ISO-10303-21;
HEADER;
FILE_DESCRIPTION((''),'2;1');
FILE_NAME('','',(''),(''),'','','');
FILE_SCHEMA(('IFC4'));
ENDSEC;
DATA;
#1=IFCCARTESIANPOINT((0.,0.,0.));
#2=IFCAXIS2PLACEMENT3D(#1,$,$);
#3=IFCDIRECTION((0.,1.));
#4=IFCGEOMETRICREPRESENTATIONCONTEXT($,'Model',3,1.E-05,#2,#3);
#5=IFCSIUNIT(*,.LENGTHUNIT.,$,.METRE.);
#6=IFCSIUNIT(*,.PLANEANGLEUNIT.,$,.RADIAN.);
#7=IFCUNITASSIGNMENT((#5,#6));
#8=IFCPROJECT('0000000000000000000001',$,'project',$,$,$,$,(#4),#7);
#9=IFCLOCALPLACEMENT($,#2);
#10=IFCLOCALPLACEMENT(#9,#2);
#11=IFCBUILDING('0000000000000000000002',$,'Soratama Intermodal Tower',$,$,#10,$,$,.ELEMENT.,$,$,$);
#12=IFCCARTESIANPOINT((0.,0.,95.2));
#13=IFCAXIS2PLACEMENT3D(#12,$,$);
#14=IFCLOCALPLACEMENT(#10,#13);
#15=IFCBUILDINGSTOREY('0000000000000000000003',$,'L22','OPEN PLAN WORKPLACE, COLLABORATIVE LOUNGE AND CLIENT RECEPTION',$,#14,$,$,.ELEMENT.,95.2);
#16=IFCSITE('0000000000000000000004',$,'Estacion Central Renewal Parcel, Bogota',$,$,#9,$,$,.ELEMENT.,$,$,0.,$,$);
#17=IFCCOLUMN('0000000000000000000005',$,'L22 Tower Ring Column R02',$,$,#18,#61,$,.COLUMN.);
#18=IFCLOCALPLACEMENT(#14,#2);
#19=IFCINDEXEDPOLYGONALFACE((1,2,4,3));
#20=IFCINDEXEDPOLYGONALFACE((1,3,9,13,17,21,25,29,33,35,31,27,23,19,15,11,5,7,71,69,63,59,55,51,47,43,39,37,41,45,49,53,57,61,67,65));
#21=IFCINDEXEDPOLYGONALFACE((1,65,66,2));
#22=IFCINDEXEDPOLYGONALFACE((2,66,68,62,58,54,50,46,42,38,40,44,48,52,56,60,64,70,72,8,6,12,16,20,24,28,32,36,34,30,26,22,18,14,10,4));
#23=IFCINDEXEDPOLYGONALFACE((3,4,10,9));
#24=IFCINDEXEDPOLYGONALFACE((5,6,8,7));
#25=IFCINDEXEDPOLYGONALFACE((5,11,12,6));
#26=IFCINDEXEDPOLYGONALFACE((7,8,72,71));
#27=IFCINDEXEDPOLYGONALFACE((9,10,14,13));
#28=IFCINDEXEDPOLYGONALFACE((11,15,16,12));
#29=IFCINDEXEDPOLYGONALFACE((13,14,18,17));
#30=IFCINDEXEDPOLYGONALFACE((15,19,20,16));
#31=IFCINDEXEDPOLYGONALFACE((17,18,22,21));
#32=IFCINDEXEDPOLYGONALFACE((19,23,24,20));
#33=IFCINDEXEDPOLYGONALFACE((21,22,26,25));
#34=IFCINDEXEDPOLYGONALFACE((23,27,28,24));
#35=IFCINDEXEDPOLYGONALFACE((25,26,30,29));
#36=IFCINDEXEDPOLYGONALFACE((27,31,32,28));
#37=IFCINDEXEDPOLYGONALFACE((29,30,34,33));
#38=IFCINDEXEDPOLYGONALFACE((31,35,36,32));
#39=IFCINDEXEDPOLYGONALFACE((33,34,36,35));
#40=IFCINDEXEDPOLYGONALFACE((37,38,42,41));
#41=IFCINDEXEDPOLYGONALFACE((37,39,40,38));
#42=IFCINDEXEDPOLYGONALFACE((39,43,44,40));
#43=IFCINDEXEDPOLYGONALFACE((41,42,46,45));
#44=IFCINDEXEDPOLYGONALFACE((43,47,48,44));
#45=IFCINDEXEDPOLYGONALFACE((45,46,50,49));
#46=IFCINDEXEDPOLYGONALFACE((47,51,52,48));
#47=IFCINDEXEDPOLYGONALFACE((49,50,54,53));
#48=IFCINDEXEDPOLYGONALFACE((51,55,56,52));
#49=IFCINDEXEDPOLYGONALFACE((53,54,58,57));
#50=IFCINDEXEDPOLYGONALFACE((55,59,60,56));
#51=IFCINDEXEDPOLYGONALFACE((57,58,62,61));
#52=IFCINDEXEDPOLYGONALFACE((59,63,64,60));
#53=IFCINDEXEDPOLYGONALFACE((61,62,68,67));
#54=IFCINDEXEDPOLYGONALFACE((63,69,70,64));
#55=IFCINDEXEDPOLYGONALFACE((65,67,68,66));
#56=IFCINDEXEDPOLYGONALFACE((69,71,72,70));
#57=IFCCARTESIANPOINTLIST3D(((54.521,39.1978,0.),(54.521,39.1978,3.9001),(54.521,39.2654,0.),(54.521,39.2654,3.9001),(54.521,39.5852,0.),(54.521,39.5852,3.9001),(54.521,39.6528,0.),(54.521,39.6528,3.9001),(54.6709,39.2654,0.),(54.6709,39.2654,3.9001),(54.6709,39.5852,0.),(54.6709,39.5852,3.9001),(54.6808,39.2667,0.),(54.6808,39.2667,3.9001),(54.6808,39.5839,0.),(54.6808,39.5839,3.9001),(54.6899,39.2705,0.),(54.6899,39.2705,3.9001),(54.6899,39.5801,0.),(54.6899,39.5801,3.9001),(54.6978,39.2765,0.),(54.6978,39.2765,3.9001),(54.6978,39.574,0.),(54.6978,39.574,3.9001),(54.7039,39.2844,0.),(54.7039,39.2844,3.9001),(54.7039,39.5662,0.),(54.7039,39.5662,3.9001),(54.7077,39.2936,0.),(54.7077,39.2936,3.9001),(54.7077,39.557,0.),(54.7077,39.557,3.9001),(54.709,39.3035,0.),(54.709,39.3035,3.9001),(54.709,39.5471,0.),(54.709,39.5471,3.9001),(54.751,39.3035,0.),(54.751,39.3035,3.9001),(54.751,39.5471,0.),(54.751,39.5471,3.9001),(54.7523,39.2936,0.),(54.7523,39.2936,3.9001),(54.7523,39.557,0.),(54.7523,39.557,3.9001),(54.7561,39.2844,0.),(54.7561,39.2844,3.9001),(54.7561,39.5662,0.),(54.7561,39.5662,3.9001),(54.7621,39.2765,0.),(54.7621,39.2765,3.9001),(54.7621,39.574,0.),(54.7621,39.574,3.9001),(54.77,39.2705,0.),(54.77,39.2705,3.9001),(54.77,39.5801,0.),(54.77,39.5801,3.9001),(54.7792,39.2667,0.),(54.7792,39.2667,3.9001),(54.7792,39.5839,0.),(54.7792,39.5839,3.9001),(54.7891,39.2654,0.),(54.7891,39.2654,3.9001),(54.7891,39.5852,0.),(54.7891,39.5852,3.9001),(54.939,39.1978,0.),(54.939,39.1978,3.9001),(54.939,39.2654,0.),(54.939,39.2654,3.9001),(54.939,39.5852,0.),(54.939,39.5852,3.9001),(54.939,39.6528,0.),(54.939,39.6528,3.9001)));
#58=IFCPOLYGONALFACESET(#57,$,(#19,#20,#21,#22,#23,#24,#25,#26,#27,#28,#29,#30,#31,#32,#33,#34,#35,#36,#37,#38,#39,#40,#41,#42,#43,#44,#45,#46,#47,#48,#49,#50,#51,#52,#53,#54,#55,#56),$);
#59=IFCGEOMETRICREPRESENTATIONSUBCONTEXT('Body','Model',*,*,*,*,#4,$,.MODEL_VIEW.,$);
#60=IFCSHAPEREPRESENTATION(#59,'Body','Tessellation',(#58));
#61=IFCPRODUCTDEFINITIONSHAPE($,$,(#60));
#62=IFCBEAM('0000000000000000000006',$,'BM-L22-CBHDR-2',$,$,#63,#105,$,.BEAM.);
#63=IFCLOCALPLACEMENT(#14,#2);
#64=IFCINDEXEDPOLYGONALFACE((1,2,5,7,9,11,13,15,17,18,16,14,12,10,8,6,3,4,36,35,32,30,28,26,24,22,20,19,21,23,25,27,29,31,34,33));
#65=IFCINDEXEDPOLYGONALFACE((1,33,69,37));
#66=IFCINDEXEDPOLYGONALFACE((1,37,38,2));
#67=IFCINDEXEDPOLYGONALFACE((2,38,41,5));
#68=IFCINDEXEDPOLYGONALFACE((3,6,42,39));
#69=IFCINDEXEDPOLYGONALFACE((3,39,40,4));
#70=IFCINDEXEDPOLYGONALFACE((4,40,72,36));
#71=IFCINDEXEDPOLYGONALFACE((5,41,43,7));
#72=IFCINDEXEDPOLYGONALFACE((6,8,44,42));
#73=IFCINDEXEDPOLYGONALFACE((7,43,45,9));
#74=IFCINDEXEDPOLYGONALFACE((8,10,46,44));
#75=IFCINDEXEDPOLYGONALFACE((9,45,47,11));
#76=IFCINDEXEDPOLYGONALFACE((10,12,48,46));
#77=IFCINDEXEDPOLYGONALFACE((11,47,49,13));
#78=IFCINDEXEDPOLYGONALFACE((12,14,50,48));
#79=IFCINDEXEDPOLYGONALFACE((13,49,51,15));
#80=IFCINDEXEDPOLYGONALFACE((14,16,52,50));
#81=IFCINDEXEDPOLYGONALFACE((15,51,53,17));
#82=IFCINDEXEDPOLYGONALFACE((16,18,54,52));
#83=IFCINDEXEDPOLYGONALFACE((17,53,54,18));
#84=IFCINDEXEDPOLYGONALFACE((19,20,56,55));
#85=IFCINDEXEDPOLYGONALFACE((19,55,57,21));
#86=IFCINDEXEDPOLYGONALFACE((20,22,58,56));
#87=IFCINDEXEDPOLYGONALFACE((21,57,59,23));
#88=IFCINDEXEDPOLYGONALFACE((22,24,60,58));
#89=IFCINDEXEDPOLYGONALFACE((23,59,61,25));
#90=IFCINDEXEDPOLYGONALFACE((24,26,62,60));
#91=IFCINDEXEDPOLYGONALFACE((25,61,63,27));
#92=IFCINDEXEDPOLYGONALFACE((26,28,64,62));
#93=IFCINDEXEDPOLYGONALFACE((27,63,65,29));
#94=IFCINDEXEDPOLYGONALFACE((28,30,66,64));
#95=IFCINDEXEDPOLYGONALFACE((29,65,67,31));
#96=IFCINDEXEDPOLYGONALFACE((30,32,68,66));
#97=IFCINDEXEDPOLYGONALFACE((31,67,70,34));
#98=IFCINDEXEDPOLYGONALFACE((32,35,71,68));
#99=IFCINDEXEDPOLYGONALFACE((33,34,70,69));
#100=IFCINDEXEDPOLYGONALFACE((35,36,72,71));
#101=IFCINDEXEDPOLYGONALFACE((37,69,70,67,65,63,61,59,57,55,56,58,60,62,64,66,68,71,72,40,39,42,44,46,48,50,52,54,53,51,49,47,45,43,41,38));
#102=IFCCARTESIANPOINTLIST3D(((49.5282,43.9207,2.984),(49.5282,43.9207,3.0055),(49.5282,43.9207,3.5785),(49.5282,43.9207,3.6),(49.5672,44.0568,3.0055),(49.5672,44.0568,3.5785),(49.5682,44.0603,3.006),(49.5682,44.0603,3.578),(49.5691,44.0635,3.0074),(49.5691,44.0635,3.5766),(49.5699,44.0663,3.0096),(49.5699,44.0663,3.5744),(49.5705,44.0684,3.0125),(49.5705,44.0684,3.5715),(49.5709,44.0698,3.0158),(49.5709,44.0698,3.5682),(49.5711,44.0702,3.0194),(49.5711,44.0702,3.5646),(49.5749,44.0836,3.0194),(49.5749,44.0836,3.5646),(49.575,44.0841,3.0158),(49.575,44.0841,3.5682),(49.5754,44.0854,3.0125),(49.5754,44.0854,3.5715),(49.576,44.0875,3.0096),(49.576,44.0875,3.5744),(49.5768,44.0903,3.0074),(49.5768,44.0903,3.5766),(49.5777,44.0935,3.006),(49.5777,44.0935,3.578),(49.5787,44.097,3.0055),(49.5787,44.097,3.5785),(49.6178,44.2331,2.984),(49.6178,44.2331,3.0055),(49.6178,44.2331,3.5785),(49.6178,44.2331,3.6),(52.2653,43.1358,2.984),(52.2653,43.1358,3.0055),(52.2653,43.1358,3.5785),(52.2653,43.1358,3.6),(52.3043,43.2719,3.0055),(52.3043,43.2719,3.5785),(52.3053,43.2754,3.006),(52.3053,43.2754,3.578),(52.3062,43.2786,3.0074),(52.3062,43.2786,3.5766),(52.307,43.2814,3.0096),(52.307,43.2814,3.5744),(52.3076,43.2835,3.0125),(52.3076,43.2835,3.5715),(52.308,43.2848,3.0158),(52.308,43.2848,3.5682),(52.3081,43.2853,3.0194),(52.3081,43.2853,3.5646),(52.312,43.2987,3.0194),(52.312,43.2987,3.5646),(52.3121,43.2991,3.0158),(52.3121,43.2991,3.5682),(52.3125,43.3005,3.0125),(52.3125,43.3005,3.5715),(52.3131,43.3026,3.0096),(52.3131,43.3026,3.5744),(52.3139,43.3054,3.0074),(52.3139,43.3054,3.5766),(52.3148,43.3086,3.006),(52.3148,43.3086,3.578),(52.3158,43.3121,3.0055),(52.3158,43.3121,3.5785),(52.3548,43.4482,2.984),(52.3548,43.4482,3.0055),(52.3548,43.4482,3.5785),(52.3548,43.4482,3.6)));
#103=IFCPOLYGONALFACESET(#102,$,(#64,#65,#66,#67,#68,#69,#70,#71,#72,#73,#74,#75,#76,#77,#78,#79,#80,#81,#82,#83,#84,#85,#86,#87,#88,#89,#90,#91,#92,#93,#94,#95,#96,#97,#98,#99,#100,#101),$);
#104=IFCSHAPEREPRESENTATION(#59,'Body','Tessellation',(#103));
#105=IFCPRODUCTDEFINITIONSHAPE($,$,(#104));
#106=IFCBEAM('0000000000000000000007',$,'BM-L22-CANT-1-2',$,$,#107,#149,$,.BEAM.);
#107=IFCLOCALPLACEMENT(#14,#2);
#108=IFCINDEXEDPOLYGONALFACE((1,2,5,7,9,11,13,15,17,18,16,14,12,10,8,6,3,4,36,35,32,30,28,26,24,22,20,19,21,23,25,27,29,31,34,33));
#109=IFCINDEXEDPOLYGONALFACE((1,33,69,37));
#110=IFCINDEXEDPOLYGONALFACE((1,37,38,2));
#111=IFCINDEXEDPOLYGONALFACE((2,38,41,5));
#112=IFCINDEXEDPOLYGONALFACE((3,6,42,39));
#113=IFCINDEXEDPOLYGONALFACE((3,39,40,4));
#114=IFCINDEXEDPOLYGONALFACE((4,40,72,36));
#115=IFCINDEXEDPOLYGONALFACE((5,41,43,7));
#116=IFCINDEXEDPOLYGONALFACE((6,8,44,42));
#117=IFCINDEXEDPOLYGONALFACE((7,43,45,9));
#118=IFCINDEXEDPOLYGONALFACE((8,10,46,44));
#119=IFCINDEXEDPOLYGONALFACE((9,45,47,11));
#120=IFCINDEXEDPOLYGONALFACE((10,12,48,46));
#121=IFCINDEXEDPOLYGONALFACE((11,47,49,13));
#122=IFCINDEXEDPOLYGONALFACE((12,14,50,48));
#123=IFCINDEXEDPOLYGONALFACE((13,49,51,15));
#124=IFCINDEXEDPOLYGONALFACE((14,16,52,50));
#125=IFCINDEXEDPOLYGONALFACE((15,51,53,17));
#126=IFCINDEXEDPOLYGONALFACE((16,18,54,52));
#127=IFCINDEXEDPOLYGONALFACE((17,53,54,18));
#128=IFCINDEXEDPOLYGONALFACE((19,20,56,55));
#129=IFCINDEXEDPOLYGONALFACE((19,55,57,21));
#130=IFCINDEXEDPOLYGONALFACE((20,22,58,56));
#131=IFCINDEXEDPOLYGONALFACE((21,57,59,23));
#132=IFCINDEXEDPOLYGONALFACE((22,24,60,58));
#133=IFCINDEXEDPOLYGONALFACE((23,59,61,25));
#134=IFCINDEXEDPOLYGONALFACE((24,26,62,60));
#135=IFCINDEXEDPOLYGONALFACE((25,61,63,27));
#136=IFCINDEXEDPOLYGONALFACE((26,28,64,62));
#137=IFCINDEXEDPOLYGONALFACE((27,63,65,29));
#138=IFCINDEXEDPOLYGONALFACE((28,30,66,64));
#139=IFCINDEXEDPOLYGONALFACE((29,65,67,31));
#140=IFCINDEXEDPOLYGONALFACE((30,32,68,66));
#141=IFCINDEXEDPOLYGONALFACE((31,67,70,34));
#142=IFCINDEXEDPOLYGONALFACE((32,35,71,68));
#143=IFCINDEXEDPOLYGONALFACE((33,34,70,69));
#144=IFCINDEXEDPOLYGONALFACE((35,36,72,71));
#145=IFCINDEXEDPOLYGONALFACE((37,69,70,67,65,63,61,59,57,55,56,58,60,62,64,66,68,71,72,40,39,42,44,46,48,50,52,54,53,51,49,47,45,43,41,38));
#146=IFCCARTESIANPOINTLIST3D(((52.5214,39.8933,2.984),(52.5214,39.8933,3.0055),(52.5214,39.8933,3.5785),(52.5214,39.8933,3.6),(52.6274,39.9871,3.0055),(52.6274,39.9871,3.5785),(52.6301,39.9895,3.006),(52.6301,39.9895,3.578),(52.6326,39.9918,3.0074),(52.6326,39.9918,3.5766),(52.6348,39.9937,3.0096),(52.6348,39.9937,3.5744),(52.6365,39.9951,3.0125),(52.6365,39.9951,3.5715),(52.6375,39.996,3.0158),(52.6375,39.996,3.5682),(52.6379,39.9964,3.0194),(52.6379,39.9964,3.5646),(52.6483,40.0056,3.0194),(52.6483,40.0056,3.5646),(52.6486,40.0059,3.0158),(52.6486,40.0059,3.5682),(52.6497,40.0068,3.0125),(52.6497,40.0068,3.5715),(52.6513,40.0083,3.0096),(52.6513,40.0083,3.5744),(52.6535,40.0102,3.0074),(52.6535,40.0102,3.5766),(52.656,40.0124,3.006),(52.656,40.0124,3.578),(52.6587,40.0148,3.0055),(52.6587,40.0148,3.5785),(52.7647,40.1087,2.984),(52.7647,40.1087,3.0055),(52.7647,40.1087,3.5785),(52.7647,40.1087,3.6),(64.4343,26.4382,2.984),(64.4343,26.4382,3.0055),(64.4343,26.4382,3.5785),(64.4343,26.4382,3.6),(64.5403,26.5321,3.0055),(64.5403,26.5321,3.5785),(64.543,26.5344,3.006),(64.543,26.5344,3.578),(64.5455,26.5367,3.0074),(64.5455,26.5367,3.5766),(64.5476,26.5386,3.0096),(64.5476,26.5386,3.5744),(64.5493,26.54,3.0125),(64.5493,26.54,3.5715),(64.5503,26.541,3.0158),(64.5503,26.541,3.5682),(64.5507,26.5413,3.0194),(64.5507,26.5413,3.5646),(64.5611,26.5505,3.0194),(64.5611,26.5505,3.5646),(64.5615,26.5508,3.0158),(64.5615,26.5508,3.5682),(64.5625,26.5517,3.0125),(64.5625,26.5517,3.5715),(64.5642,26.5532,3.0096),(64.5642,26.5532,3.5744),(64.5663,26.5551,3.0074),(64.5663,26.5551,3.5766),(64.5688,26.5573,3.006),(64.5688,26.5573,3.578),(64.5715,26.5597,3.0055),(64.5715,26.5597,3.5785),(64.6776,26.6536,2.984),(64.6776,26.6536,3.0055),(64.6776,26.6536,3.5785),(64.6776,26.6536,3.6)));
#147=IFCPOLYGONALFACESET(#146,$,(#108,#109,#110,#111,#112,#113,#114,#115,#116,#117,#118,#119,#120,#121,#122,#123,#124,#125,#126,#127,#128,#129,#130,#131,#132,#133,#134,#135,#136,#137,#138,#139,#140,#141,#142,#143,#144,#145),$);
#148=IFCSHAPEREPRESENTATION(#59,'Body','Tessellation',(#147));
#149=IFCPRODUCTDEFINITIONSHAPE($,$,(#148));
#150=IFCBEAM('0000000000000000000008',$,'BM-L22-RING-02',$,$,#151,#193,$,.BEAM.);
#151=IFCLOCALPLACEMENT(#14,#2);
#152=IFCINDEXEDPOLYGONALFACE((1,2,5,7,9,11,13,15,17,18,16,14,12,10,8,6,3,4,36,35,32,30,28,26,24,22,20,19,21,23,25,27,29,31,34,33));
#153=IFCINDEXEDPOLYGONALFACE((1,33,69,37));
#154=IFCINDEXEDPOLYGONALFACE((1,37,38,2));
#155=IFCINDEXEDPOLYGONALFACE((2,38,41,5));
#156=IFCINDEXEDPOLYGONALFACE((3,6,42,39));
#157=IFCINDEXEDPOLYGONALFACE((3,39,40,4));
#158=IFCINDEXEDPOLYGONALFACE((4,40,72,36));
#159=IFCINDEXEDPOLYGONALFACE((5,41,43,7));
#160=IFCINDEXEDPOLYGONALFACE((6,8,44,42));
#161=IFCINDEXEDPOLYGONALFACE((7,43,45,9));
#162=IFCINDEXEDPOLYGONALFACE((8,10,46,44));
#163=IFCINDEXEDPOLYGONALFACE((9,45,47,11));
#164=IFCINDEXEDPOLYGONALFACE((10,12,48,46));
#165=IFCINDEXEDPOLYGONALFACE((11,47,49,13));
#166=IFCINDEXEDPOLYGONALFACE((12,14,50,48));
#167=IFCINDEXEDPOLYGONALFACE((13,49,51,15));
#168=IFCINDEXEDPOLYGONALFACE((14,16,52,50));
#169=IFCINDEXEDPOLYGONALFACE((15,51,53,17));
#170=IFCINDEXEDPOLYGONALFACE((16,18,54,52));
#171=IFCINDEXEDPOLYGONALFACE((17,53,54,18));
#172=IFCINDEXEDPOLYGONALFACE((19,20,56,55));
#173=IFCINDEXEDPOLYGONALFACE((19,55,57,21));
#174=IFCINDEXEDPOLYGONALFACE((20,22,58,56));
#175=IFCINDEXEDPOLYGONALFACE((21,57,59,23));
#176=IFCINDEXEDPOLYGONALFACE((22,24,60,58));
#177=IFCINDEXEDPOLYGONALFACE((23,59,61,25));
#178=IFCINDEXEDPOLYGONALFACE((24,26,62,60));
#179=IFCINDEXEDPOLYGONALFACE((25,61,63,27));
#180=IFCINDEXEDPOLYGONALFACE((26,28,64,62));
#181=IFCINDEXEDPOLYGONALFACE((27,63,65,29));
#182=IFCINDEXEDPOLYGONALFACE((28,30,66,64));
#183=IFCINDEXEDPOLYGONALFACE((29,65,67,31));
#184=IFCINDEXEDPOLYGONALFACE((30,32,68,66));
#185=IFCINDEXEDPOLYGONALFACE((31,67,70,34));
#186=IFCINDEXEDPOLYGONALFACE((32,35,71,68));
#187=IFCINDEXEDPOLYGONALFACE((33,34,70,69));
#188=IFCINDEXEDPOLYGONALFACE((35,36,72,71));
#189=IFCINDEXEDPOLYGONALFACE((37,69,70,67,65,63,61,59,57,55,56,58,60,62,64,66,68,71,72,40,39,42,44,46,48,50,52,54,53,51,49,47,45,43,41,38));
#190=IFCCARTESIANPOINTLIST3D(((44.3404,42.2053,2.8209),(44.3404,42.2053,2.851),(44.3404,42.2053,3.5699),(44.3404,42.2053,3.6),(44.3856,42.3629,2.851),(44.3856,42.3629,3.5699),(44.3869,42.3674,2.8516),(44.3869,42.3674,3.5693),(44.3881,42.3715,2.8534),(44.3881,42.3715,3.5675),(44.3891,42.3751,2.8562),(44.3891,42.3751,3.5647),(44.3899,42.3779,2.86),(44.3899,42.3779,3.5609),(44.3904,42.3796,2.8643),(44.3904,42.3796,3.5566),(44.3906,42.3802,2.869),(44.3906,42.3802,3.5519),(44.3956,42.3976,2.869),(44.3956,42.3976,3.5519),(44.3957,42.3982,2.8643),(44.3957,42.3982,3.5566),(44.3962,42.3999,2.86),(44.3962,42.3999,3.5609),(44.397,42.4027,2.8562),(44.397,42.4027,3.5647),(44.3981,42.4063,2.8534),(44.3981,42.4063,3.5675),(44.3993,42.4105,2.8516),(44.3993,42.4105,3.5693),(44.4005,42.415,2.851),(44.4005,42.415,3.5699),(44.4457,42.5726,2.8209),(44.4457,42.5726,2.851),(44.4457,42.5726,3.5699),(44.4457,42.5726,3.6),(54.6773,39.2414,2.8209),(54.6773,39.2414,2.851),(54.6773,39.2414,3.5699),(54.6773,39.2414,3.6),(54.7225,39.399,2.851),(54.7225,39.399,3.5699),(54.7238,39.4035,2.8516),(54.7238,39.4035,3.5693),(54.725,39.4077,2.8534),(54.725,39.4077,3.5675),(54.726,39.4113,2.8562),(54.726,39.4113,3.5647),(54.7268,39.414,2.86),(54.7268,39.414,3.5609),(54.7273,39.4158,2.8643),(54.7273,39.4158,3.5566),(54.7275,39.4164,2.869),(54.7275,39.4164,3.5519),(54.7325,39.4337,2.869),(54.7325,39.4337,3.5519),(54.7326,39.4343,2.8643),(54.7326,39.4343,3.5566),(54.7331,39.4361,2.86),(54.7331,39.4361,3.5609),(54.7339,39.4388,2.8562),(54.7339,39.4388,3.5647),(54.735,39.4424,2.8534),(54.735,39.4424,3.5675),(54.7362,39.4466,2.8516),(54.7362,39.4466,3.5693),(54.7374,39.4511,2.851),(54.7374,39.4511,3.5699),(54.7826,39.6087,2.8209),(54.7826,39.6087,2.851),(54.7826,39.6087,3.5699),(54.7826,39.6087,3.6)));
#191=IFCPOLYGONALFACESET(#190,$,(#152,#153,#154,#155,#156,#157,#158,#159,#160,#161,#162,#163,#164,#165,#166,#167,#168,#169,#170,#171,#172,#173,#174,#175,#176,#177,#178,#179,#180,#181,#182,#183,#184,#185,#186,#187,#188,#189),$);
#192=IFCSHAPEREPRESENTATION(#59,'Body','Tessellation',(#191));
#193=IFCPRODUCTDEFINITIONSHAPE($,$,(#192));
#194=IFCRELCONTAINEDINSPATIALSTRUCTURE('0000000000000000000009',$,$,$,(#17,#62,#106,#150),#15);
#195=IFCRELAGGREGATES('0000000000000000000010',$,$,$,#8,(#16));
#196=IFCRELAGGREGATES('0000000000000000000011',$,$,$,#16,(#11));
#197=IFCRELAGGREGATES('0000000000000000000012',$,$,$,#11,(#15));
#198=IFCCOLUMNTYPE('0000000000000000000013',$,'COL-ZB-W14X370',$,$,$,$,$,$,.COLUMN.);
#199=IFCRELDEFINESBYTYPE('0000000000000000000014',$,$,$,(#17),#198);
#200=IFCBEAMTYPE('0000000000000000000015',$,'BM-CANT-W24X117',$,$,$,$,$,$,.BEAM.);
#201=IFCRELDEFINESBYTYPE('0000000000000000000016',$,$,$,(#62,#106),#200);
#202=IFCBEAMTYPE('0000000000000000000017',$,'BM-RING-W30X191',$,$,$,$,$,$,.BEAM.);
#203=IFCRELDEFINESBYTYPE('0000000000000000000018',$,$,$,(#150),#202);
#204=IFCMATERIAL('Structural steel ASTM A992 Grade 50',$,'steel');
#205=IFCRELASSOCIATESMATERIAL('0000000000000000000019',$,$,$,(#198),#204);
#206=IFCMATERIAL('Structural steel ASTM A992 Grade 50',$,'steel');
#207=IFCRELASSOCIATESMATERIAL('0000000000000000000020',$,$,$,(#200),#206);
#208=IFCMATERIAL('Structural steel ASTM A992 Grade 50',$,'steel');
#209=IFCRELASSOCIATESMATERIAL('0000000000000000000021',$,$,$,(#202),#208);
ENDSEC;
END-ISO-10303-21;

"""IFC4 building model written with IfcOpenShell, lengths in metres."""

from ifc_helpers import new_model, si_unit, direction, frame, origin, origin_2d, place, context, subcontext, project, spatial, i_section, extrude, material, material_profile, profile_set, type_object, element, save


model = new_model("IFC4")

# Units and contexts
model_context = context("Model", 3, precision=1e-05, world=origin(), true_north=direction((0.0, 1.0)))
body_context = subcontext(model_context, "Body", "Model", "MODEL_VIEW")
ifc_project = project(units=[si_unit("LENGTHUNIT", "METRE"), si_unit("PLANEANGLEUNIT", "RADIAN")], contexts=[model_context])

# Site, building, storey
site_placement = place(None, origin())
site = spatial("IfcSite", under=ifc_project, at=site_placement, Name="Estacion Central Renewal Parcel, Bogota", CompositionType="ELEMENT", RefElevation=0.0)
building_placement = place(site_placement, origin())
building = spatial("IfcBuilding", under=site, at=building_placement, Name="Soratama Intermodal Tower", CompositionType="ELEMENT")
storey_placement = place(building_placement, frame((0.0, 0.0, 95.2)))
storey = spatial("IfcBuildingStorey", under=building, at=storey_placement, Name="L22", Description="OPEN PLAN WORKPLACE, COLLABORATIVE LOUNGE AND CLIENT RECEPTION", CompositionType="ELEMENT", Elevation=95.2)

# Column
ifc_material_1 = material(Name="Structural steel ASTM A992 Grade 50", Category="steel")
ifc_material_profile_1 = material_profile(ifc_material_1, i_section(OverallWidth=0.418, OverallDepth=0.4551, WebThickness=0.042, FlangeThickness=0.0676, FilletRadius=0.0381, at=origin_2d()), Name="W14X370")
ifc_profile_set_1 = profile_set([ifc_material_profile_1], Name="Structural steel ASTM A992 Grade 50")
column_type = type_object("IfcColumnType", Name="COL-ZB-W14X370", PredefinedType="COLUMN", material=ifc_profile_set_1)
column_placement = place(storey_placement, frame((54.73, 39.4253, 0.0), z_axis=(0.0, 0.0, 1.0), x_axis=(1.0, 0.0, 0.0)))
element("IfcColumn", 1, at=column_placement, inside=storey, type_object=column_type, Name="L22 Tower Ring Column R02", PredefinedType="COLUMN", context=body_context, shape_type="SweptSolid", body=[
    extrude(i_section(OverallWidth=0.418, OverallDepth=0.4551, WebThickness=0.042, FlangeThickness=0.0676, FilletRadius=0.0381, at=origin_2d()), origin(), (0.0, 0.0, 1.0), 3.9001),
])

# Beams
ifc_material_2 = material(Name="Structural steel ASTM A992 Grade 50", Category="steel")
ifc_material_profile_2 = material_profile(ifc_material_2, i_section(OverallWidth=0.325, OverallDepth=0.616, WebThickness=0.0139, FlangeThickness=0.0215, FilletRadius=0.0139, at=origin_2d()), Name="W24X117")
ifc_profile_set_2 = profile_set([ifc_material_profile_2], Name="Structural steel ASTM A992 Grade 50")
beam_type_1 = type_object("IfcBeamType", Name="BM-CANT-W24X117", PredefinedType="BEAM", material=ifc_profile_set_2)
beam_1_placement = place(storey_placement, frame((52.3101, 43.292, 3.292), z_axis=(-0.961255, 0.275661, 0.0), x_axis=(-0.275661, -0.961255, 0.0)))
element("IfcBeam", 2, at=beam_1_placement, inside=storey, type_object=beam_type_1, Name="BM-L22-CBHDR-2", PredefinedType="BEAM", context=body_context, shape_type="SweptSolid", body=[
    extrude(i_section(OverallWidth=0.325, OverallDepth=0.616, WebThickness=0.0139, FlangeThickness=0.0215, FilletRadius=0.0139, at=origin_2d()), origin(), (0.0, 0.0, 1.0), 2.8474),
])
beam_2_placement = place(storey_placement, frame((52.6431, 40.001, 3.292), z_axis=(0.662895, -0.748713, 0.0), x_axis=(0.748713, 0.662895, 0.0)))
element("IfcBeam", 3, at=beam_2_placement, inside=storey, type_object=beam_type_1, Name="BM-L22-CANT-1-2", PredefinedType="BEAM", context=body_context, shape_type="SweptSolid", body=[
    extrude(i_section(OverallWidth=0.325, OverallDepth=0.616, WebThickness=0.0139, FlangeThickness=0.0215, FilletRadius=0.0139, at=origin_2d()), origin(), (0.0, 0.0, 1.0), 17.9709),
])
ifc_material_3 = material(Name="Structural steel ASTM A992 Grade 50", Category="steel")
ifc_material_profile_3 = material_profile(ifc_material_3, i_section(OverallWidth=0.3821, OverallDepth=0.7791, WebThickness=0.0181, FlangeThickness=0.03, FilletRadius=0.0181, at=origin_2d()), Name="W30X191")
ifc_profile_set_3 = profile_set([ifc_material_profile_3], Name="Structural steel ASTM A992 Grade 50")
beam_type_2 = type_object("IfcBeamType", Name="BM-RING-W30X191", PredefinedType="BEAM", material=ifc_profile_set_3)
beam_3_placement = place(storey_placement, frame((54.73, 39.425, 3.2104), z_axis=(-0.961267, 0.275621, 0.0), x_axis=(-0.275621, -0.961267, 0.0)))
element("IfcBeam", 4, at=beam_3_placement, inside=storey, type_object=beam_type_2, Name="BM-L22-RING-02", PredefinedType="BEAM", context=body_context, shape_type="SweptSolid", body=[
    extrude(i_section(OverallWidth=0.3821, OverallDepth=0.7791, WebThickness=0.0181, FlangeThickness=0.03, FilletRadius=0.0181, at=origin_2d()), origin(), (0.0, 0.0, 1.0), 10.7534),
])

save(model, "model.ifc")
